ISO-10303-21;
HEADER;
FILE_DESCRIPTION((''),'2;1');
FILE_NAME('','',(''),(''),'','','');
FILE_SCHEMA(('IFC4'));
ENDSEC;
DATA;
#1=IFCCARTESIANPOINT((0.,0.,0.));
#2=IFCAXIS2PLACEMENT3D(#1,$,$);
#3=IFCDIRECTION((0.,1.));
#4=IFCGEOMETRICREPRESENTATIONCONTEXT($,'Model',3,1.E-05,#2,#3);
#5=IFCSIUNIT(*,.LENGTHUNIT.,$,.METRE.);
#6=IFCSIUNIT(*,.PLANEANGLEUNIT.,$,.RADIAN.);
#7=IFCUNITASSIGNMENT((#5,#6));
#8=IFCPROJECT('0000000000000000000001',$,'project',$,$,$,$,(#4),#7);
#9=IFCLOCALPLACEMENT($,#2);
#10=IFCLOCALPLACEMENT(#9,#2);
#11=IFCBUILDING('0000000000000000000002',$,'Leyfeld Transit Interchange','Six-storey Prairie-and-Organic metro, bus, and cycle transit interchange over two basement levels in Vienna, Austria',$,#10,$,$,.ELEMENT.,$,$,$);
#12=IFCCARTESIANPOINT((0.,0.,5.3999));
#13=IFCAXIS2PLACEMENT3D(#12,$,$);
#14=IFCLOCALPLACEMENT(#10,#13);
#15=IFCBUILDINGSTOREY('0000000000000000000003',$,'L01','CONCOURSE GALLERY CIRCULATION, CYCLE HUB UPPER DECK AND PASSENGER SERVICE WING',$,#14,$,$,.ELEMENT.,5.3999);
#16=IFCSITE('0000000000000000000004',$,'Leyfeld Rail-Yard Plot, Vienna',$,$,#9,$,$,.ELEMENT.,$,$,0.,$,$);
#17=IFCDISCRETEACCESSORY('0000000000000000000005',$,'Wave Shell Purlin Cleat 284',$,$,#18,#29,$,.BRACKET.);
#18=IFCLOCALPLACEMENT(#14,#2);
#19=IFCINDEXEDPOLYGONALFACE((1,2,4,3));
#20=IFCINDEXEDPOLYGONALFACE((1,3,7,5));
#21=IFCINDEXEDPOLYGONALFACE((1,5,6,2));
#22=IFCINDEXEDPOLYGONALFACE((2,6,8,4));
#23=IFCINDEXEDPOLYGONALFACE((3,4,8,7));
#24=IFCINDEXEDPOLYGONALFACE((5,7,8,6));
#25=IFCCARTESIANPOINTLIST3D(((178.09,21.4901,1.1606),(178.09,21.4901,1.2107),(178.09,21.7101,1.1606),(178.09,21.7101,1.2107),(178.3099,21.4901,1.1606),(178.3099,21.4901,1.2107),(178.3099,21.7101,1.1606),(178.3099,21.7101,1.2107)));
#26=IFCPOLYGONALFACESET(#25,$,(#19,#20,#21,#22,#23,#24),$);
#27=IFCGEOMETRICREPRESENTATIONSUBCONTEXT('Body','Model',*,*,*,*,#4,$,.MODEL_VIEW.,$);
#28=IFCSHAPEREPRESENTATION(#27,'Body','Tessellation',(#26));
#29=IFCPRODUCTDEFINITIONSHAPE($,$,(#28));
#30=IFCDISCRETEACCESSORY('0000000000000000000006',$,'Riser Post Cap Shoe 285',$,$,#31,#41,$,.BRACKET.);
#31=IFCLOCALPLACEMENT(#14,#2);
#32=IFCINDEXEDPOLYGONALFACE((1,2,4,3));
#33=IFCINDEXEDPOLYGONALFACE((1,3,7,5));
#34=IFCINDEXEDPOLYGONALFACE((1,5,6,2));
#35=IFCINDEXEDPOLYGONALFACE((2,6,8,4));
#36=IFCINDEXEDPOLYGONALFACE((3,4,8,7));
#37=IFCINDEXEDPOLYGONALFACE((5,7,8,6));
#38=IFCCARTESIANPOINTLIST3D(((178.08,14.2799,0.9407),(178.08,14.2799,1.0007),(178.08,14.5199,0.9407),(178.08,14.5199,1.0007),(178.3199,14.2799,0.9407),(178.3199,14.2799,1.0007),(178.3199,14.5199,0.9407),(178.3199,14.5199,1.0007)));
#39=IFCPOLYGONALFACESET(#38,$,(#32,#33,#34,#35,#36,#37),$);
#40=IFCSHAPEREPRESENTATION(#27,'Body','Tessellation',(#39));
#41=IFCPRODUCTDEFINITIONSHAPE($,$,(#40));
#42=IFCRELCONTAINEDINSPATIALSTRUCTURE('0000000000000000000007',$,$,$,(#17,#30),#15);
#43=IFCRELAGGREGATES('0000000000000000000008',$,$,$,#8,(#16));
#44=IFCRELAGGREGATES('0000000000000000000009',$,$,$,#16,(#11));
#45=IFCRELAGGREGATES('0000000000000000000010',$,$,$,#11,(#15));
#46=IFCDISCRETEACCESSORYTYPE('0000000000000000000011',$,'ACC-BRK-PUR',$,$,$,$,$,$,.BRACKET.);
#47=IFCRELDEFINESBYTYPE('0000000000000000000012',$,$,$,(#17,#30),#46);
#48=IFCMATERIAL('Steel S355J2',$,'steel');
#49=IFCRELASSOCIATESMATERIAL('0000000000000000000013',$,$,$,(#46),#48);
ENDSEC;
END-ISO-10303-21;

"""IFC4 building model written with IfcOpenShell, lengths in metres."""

from ifc_helpers import new_model, si_unit, direction, frame, origin, origin_2d, place, context, subcontext, project, spatial, rectangle, extrude, material, type_object, element, save


model = new_model("IFC4")

# Units and contexts
model_context = context("Model", 3, precision=1e-05, world=origin(), true_north=direction((0.0, 1.0)))
body_context = subcontext(model_context, "Body", "Model", "MODEL_VIEW")
ifc_project = project(units=[si_unit("LENGTHUNIT", "METRE"), si_unit("PLANEANGLEUNIT", "RADIAN")], contexts=[model_context])

# Site, building, storey
site_placement = place(None, origin())
site = spatial("IfcSite", under=ifc_project, at=site_placement, Name="Leyfeld Rail-Yard Plot, Vienna", CompositionType="ELEMENT", RefElevation=0.0)
building_placement = place(site_placement, origin())
building = spatial("IfcBuilding", under=site, at=building_placement, Name="Leyfeld Transit Interchange", Description="Six-storey Prairie-and-Organic metro, bus, and cycle transit interchange over two basement levels in Vienna, Austria", CompositionType="ELEMENT")
storey_placement = place(building_placement, frame((0.0, 0.0, 5.3999)))
storey = spatial("IfcBuildingStorey", under=building, at=storey_placement, Name="L01", Description="CONCOURSE GALLERY CIRCULATION, CYCLE HUB UPPER DECK AND PASSENGER SERVICE WING", CompositionType="ELEMENT", Elevation=5.3999)

# Shared definitions
ifc_material_1 = material(Name="Steel S355J2", Category="steel")

# Discrete accessories
discrete_accessory_type = type_object("IfcDiscreteAccessoryType", Name="ACC-BRK-PUR", PredefinedType="BRACKET", material=ifc_material_1)
for number, where, z_axis, x_axis, name in (
    (1, (178.2, 21.6001, 1.1606), (0.0, 0.0, 1.0), (1.0, 0.0, 0.0), "Wave Shell Purlin Cleat 284"),
):
    element("IfcDiscreteAccessory", number, at=place(storey_placement, frame(where, z_axis=z_axis, x_axis=x_axis)), inside=storey, type_object=discrete_accessory_type, Name=name, PredefinedType="BRACKET", context=body_context, shape_type="SweptSolid", body=[
        extrude(rectangle(XDim=0.22, YDim=0.22, at=origin_2d()), origin(), (0.0, 0.0, 1.0), 0.05),
    ])
discrete_accessory_1_placement = place(storey_placement, frame((178.2, 14.3999, 0.9407), z_axis=(0.0, 0.0, 1.0), x_axis=(1.0, 0.0, 0.0)))
element("IfcDiscreteAccessory", 2, at=discrete_accessory_1_placement, inside=storey, type_object=discrete_accessory_type, Name="Riser Post Cap Shoe 285", PredefinedType="BRACKET", context=body_context, shape_type="SweptSolid", body=[
    extrude(rectangle(XDim=0.24, YDim=0.24, at=origin_2d()), origin(), (0.0, 0.0, 1.0), 0.0601),
])

save(model, "model.ifc")
